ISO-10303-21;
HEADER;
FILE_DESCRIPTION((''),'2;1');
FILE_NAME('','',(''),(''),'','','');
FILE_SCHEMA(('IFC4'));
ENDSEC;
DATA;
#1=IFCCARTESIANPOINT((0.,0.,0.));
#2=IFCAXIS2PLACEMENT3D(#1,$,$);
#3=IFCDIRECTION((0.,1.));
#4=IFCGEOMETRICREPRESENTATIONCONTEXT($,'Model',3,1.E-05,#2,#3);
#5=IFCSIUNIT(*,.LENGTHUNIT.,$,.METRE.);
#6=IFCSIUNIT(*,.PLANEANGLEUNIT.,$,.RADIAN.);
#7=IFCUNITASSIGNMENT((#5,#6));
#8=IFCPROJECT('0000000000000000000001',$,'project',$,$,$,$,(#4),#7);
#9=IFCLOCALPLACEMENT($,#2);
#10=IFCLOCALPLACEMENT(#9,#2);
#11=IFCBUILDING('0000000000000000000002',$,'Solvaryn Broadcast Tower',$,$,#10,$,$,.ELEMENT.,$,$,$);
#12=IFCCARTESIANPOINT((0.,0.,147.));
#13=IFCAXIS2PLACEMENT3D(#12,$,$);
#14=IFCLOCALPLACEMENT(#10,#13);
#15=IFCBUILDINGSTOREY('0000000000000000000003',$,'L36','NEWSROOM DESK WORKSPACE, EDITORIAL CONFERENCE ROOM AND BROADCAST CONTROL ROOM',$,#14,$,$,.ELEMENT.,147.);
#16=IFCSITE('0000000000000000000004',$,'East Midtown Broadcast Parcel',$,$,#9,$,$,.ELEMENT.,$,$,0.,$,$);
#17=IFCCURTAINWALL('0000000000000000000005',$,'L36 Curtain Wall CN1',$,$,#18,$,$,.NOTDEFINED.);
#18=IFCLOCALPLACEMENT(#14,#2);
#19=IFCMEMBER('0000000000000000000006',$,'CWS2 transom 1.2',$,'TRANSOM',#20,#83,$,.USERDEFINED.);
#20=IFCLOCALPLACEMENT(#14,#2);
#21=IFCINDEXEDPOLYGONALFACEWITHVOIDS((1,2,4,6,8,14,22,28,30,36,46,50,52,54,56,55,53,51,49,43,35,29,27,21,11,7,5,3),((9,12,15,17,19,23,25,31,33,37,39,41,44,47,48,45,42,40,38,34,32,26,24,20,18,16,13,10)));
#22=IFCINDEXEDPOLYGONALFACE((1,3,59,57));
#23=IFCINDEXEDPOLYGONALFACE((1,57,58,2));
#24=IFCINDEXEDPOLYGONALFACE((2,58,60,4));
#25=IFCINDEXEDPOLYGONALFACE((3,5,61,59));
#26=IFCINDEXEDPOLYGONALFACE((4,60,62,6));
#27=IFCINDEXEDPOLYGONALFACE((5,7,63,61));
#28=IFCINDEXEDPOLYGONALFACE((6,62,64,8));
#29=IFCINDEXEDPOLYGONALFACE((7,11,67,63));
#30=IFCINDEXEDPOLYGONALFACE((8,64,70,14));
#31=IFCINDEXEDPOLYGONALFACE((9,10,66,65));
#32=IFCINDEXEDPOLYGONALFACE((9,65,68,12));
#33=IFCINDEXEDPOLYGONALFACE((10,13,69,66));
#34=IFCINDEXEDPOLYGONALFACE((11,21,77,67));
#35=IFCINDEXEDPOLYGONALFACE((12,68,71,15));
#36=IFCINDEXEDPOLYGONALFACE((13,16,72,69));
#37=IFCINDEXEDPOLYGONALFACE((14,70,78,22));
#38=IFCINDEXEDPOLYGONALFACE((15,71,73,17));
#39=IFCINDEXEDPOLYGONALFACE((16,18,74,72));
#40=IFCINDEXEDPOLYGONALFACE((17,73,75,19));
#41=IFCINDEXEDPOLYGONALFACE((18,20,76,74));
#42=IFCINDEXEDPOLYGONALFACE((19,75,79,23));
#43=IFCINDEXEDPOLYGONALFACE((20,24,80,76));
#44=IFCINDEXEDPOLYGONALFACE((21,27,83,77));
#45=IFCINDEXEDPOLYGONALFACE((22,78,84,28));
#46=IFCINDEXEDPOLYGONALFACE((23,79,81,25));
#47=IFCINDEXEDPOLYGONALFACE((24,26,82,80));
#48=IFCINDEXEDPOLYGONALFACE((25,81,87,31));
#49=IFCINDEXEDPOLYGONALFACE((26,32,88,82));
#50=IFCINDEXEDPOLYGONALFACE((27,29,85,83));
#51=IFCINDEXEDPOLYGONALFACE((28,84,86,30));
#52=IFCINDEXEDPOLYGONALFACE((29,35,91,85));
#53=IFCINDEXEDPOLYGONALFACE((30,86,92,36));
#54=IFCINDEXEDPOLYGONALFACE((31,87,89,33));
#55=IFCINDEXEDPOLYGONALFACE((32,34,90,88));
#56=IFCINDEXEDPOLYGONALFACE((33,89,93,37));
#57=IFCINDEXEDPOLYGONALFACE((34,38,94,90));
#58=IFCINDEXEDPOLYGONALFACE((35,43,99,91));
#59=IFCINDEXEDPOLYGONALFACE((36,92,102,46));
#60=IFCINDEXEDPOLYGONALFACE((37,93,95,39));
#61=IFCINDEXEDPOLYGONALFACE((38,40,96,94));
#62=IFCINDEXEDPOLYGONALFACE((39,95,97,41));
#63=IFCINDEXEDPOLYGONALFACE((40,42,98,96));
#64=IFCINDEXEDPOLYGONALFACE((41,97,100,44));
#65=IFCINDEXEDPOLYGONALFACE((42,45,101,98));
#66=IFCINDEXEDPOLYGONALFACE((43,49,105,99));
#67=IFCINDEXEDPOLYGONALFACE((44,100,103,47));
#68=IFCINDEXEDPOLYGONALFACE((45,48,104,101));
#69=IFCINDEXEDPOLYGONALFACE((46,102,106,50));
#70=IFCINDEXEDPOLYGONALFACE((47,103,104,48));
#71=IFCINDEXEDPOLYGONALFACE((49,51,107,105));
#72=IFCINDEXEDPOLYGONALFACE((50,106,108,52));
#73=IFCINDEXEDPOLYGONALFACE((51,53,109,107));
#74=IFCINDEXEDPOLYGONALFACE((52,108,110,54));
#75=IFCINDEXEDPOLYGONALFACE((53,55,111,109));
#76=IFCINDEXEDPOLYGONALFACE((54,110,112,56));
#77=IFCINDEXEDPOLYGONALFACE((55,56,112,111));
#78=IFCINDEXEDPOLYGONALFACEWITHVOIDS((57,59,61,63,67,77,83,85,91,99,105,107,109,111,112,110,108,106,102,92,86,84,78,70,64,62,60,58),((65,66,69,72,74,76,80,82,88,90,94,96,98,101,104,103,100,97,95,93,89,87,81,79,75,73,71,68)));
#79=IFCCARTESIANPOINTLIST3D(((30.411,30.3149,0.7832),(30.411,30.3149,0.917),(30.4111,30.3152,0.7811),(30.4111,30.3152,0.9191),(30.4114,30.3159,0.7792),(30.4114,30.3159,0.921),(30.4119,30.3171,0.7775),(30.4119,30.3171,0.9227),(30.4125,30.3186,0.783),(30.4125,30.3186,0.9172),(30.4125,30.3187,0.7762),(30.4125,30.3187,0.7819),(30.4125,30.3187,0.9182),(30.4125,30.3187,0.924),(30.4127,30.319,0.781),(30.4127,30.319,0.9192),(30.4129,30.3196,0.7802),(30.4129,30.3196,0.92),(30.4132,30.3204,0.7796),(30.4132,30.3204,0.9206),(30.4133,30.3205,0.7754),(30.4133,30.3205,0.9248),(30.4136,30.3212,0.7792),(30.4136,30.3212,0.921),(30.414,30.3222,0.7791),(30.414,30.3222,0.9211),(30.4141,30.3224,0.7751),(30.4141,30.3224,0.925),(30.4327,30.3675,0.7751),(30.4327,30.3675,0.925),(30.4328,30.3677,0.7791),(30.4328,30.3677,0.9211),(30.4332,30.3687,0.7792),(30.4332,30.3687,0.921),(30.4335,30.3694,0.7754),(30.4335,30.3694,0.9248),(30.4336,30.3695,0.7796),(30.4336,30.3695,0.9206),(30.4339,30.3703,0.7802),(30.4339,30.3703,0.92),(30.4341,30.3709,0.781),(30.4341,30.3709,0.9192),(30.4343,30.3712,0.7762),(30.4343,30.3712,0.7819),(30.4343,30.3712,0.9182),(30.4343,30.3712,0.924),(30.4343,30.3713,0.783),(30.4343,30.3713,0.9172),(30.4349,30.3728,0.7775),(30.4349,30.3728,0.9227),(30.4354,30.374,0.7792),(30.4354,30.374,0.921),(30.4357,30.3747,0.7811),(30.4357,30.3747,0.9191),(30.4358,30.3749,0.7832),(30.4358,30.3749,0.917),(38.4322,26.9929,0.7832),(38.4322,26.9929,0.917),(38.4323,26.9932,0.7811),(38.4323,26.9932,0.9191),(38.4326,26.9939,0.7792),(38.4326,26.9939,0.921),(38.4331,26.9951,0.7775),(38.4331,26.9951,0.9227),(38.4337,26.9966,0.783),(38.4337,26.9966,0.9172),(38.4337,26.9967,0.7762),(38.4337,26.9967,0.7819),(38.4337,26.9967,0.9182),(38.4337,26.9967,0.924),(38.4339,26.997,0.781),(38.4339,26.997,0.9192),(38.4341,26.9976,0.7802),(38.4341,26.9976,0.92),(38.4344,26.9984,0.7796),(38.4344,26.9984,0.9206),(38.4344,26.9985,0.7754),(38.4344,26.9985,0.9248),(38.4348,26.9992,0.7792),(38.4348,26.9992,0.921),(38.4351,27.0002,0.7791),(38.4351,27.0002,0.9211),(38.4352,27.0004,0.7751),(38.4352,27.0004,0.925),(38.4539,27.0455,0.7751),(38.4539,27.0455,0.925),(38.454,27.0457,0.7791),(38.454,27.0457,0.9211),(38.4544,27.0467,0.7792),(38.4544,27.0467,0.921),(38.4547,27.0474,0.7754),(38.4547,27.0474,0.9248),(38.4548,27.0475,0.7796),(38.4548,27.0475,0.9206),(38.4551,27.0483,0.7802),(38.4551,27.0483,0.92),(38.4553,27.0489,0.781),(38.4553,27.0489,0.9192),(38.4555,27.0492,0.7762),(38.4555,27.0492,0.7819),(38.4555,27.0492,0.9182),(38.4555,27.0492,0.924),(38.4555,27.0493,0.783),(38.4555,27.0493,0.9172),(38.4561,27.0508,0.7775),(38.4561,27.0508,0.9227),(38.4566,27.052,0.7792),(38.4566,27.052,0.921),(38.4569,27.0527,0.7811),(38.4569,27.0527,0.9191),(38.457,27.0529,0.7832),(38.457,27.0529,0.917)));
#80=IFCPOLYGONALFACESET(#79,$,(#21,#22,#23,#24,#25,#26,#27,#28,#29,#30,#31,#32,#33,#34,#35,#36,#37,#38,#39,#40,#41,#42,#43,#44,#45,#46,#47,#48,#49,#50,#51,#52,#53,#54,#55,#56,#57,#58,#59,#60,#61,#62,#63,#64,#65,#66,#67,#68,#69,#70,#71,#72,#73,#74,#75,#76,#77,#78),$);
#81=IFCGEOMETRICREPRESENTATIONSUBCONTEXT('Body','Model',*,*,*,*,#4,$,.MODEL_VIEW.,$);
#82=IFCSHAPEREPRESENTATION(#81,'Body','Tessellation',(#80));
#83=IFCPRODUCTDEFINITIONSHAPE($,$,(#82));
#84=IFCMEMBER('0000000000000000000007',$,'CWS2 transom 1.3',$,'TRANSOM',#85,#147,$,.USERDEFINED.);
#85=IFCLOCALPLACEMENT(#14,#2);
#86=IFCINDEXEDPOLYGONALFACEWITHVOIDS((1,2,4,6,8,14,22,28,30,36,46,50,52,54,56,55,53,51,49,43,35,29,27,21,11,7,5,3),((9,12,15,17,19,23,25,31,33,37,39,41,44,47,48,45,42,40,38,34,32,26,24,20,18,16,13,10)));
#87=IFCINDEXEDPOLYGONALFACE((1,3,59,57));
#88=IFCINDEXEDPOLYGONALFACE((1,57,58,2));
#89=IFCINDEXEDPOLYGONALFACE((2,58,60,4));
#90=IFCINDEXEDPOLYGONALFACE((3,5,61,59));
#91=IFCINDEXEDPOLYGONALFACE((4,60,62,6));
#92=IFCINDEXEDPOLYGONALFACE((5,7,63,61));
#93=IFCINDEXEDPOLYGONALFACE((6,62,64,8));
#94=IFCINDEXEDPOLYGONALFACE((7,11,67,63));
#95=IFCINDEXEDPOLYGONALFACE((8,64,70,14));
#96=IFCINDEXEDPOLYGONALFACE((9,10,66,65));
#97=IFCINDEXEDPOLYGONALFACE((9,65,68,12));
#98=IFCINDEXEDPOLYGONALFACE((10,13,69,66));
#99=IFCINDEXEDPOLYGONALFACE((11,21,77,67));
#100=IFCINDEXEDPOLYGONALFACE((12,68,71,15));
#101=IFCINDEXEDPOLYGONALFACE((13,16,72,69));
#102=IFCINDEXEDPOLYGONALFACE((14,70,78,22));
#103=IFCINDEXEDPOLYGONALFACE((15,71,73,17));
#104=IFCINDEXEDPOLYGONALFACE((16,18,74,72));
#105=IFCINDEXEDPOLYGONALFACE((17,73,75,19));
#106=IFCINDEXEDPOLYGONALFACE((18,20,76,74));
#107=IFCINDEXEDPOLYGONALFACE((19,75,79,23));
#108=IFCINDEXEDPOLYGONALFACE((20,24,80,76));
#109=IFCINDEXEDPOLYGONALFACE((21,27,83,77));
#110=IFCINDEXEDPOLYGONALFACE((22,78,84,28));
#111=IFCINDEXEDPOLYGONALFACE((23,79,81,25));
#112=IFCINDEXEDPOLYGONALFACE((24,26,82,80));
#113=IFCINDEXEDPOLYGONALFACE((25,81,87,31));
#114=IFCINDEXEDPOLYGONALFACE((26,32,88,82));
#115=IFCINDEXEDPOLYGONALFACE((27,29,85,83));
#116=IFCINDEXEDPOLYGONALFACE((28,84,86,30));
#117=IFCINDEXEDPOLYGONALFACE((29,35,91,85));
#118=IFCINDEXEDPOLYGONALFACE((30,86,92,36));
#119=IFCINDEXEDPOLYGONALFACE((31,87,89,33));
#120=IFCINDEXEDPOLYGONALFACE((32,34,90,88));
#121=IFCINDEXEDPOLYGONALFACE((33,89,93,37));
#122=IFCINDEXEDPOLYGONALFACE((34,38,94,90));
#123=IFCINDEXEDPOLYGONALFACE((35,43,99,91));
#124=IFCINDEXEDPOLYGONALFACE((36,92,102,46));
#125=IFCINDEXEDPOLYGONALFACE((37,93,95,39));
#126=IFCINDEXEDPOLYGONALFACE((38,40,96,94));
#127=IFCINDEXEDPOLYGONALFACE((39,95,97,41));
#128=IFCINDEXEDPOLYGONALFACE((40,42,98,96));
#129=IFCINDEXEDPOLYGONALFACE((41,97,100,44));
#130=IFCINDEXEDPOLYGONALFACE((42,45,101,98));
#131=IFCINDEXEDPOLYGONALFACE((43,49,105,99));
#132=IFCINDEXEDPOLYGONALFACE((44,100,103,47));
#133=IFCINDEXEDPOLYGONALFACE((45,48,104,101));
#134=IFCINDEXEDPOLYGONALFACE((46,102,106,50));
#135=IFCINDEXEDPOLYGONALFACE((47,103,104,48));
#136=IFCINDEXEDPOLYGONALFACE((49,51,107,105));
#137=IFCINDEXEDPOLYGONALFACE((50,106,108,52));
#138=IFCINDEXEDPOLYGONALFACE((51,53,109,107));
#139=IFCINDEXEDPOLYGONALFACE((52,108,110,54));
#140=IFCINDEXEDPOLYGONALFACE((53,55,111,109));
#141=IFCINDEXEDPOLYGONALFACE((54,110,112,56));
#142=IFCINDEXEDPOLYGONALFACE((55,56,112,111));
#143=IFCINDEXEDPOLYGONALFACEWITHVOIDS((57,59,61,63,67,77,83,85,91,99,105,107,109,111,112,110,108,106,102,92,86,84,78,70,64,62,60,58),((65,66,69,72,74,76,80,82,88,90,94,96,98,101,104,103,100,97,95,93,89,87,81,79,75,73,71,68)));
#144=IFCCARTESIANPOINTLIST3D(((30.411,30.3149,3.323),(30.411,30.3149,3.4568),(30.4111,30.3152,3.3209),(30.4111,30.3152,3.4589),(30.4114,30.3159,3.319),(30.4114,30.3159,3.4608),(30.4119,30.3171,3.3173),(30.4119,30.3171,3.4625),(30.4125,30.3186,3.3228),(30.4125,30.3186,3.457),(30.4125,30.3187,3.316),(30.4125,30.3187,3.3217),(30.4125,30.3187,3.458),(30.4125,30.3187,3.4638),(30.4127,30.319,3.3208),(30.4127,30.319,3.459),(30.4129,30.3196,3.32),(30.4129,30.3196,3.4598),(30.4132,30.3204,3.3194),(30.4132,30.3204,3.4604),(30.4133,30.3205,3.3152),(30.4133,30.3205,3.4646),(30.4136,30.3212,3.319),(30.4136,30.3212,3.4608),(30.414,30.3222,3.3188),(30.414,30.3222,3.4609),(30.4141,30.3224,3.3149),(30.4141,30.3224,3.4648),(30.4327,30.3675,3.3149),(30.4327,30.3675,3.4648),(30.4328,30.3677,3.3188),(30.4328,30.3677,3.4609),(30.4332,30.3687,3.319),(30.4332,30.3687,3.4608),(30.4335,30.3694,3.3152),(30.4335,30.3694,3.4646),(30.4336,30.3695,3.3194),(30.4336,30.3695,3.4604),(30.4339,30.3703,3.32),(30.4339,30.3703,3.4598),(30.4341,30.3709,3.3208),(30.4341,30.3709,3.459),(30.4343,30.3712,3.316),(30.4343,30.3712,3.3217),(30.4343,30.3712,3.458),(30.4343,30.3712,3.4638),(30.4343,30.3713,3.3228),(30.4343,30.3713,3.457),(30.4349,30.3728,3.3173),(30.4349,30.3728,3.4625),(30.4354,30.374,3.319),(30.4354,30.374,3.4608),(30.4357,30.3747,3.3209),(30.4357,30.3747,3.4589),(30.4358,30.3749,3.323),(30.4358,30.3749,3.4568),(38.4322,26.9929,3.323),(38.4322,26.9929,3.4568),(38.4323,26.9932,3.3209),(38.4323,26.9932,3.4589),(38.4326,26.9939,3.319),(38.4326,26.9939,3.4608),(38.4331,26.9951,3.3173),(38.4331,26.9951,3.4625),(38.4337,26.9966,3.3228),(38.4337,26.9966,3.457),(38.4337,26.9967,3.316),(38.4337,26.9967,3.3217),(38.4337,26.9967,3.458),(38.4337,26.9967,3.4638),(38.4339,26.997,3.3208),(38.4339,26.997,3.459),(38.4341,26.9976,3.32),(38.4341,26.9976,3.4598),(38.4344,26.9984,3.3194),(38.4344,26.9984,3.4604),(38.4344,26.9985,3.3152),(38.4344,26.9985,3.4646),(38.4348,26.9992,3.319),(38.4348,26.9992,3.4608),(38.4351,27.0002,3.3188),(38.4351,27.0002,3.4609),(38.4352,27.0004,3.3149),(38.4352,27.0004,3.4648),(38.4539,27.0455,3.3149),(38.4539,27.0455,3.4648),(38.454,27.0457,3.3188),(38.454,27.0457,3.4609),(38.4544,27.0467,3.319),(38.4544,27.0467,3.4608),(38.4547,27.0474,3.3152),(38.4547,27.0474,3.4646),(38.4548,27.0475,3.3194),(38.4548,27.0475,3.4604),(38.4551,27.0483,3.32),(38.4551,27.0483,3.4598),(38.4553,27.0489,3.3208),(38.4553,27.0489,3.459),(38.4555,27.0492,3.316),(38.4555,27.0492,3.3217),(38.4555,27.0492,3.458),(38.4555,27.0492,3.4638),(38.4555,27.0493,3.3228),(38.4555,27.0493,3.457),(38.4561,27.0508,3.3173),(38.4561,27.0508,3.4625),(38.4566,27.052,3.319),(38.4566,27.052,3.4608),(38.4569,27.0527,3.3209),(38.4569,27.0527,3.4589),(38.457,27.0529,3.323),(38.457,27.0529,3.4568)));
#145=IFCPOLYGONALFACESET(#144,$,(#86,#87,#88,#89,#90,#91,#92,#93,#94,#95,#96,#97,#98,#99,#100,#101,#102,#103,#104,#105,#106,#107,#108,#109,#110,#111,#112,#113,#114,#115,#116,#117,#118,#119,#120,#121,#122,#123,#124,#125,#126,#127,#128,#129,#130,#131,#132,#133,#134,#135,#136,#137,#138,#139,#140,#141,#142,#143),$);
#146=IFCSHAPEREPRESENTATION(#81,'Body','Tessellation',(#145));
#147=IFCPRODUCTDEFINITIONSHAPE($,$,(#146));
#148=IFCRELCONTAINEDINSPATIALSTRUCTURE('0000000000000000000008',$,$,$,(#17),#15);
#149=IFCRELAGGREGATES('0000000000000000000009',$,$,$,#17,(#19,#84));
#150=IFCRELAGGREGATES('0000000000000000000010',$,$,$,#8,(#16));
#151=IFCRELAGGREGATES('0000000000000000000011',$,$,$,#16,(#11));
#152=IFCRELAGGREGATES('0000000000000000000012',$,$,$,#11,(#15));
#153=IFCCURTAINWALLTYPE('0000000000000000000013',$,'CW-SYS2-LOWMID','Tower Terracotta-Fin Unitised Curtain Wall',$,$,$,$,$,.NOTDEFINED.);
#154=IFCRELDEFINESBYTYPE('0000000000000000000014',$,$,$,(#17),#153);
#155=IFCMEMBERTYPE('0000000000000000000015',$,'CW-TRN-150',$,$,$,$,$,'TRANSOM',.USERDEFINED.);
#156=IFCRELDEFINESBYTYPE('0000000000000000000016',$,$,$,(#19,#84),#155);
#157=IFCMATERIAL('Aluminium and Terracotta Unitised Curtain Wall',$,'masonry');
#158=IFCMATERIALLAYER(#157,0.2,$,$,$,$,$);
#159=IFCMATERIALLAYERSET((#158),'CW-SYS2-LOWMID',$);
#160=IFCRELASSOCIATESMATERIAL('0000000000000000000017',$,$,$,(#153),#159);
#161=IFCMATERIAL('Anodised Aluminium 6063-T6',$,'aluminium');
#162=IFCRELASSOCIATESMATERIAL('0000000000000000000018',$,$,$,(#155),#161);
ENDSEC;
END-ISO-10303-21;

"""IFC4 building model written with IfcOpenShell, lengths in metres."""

from ifc_helpers import new_model, si_unit, direction, frame, origin, origin_2d, place, context, subcontext, project, spatial, hollow_rectangle, extrude, material, layer, layer_set, material_profile, profile_set, type_object, element, aggregate, save


model = new_model("IFC4")

# Units and contexts
model_context = context("Model", 3, precision=1e-05, world=origin(), true_north=direction((0.0, 1.0)))
body_context = subcontext(model_context, "Body", "Model", "MODEL_VIEW")
ifc_project = project(units=[si_unit("LENGTHUNIT", "METRE"), si_unit("PLANEANGLEUNIT", "RADIAN")], contexts=[model_context])

# Site, building, storey
site_placement = place(None, origin())
site = spatial("IfcSite", under=ifc_project, at=site_placement, Name="East Midtown Broadcast Parcel", CompositionType="ELEMENT", RefElevation=0.0)
building_placement = place(site_placement, origin())
building = spatial("IfcBuilding", under=site, at=building_placement, Name="Solvaryn Broadcast Tower", CompositionType="ELEMENT")
storey_placement = place(building_placement, frame((0.0, 0.0, 147.0)))
storey = spatial("IfcBuildingStorey", under=building, at=storey_placement, Name="L36", Description="NEWSROOM DESK WORKSPACE, EDITORIAL CONFERENCE ROOM AND BROADCAST CONTROL ROOM", CompositionType="ELEMENT", Elevation=147.0)

# Curtain wall
ifc_material_1 = material(Name="Aluminium and Terracotta Unitised Curtain Wall", Category="masonry")
ifc_layer_1 = layer(ifc_material_1, 0.2)
ifc_layer_set_1 = layer_set([ifc_layer_1], Name="CW-SYS2-LOWMID")
curtain_wall_type = type_object("IfcCurtainWallType", Name="CW-SYS2-LOWMID", Description="Tower Terracotta-Fin Unitised Curtain Wall", PredefinedType="NOTDEFINED", material=ifc_layer_set_1)
curtain_wall_1_placement = place(storey_placement, origin())
curtain_wall_1 = element("IfcCurtainWall", 1, at=curtain_wall_1_placement, inside=storey, type_object=curtain_wall_type, Name="L36 Curtain Wall CN1", PredefinedType="NOTDEFINED")

# Members
ifc_material_2 = material(Name="Anodised Aluminium 6063-T6", Category="aluminium")
ifc_material_profile_1 = material_profile(ifc_material_2, hollow_rectangle(XDim=0.0649, YDim=0.1499, WallThickness=0.0039, InnerFilletRadius=0.0039, OuterFilletRadius=0.0081, at=origin_2d()))
ifc_profile_set_1 = profile_set([ifc_material_profile_1], Name="Anodised Aluminium 6063-T6")
member_type_1 = type_object("IfcMemberType", Name="CW-TRN-150", ElementType="TRANSOM", PredefinedType="USERDEFINED", material=ifc_profile_set_1)
member_1_placement = place(storey_placement, frame((38.4446, 27.0229, 0.8501), z_axis=(-0.923899, 0.382636, 0.0), x_axis=(-0.382636, -0.923899, 0.0)))
member_1 = element("IfcMember", 2, at=member_1_placement, type_object=member_type_1, Name="CWS2 transom 1.2", ObjectType="TRANSOM", PredefinedType="USERDEFINED", context=body_context, shape_type="SweptSolid", body=[
    extrude(hollow_rectangle(XDim=0.0649, YDim=0.1499, WallThickness=0.0039, InnerFilletRadius=0.0039, OuterFilletRadius=0.0081, at=origin_2d()), origin(), (0.0, 0.0, 1.0), 8.6819),
])
member_2_placement = place(storey_placement, frame((38.4446, 27.0229, 3.3899), z_axis=(-0.923899, 0.382636, 0.0), x_axis=(-0.382636, -0.923899, 0.0)))
member_2 = element("IfcMember", 3, at=member_2_placement, type_object=member_type_1, Name="CWS2 transom 1.3", ObjectType="TRANSOM", PredefinedType="USERDEFINED", context=body_context, shape_type="SweptSolid", body=[
    extrude(hollow_rectangle(XDim=0.0649, YDim=0.1499, WallThickness=0.0039, InnerFilletRadius=0.0039, OuterFilletRadius=0.0081, at=origin_2d()), origin(), (0.0, 0.0, 1.0), 8.6819),
])
aggregate(curtain_wall_1, [member_1, member_2])

save(model, "model.ifc")
